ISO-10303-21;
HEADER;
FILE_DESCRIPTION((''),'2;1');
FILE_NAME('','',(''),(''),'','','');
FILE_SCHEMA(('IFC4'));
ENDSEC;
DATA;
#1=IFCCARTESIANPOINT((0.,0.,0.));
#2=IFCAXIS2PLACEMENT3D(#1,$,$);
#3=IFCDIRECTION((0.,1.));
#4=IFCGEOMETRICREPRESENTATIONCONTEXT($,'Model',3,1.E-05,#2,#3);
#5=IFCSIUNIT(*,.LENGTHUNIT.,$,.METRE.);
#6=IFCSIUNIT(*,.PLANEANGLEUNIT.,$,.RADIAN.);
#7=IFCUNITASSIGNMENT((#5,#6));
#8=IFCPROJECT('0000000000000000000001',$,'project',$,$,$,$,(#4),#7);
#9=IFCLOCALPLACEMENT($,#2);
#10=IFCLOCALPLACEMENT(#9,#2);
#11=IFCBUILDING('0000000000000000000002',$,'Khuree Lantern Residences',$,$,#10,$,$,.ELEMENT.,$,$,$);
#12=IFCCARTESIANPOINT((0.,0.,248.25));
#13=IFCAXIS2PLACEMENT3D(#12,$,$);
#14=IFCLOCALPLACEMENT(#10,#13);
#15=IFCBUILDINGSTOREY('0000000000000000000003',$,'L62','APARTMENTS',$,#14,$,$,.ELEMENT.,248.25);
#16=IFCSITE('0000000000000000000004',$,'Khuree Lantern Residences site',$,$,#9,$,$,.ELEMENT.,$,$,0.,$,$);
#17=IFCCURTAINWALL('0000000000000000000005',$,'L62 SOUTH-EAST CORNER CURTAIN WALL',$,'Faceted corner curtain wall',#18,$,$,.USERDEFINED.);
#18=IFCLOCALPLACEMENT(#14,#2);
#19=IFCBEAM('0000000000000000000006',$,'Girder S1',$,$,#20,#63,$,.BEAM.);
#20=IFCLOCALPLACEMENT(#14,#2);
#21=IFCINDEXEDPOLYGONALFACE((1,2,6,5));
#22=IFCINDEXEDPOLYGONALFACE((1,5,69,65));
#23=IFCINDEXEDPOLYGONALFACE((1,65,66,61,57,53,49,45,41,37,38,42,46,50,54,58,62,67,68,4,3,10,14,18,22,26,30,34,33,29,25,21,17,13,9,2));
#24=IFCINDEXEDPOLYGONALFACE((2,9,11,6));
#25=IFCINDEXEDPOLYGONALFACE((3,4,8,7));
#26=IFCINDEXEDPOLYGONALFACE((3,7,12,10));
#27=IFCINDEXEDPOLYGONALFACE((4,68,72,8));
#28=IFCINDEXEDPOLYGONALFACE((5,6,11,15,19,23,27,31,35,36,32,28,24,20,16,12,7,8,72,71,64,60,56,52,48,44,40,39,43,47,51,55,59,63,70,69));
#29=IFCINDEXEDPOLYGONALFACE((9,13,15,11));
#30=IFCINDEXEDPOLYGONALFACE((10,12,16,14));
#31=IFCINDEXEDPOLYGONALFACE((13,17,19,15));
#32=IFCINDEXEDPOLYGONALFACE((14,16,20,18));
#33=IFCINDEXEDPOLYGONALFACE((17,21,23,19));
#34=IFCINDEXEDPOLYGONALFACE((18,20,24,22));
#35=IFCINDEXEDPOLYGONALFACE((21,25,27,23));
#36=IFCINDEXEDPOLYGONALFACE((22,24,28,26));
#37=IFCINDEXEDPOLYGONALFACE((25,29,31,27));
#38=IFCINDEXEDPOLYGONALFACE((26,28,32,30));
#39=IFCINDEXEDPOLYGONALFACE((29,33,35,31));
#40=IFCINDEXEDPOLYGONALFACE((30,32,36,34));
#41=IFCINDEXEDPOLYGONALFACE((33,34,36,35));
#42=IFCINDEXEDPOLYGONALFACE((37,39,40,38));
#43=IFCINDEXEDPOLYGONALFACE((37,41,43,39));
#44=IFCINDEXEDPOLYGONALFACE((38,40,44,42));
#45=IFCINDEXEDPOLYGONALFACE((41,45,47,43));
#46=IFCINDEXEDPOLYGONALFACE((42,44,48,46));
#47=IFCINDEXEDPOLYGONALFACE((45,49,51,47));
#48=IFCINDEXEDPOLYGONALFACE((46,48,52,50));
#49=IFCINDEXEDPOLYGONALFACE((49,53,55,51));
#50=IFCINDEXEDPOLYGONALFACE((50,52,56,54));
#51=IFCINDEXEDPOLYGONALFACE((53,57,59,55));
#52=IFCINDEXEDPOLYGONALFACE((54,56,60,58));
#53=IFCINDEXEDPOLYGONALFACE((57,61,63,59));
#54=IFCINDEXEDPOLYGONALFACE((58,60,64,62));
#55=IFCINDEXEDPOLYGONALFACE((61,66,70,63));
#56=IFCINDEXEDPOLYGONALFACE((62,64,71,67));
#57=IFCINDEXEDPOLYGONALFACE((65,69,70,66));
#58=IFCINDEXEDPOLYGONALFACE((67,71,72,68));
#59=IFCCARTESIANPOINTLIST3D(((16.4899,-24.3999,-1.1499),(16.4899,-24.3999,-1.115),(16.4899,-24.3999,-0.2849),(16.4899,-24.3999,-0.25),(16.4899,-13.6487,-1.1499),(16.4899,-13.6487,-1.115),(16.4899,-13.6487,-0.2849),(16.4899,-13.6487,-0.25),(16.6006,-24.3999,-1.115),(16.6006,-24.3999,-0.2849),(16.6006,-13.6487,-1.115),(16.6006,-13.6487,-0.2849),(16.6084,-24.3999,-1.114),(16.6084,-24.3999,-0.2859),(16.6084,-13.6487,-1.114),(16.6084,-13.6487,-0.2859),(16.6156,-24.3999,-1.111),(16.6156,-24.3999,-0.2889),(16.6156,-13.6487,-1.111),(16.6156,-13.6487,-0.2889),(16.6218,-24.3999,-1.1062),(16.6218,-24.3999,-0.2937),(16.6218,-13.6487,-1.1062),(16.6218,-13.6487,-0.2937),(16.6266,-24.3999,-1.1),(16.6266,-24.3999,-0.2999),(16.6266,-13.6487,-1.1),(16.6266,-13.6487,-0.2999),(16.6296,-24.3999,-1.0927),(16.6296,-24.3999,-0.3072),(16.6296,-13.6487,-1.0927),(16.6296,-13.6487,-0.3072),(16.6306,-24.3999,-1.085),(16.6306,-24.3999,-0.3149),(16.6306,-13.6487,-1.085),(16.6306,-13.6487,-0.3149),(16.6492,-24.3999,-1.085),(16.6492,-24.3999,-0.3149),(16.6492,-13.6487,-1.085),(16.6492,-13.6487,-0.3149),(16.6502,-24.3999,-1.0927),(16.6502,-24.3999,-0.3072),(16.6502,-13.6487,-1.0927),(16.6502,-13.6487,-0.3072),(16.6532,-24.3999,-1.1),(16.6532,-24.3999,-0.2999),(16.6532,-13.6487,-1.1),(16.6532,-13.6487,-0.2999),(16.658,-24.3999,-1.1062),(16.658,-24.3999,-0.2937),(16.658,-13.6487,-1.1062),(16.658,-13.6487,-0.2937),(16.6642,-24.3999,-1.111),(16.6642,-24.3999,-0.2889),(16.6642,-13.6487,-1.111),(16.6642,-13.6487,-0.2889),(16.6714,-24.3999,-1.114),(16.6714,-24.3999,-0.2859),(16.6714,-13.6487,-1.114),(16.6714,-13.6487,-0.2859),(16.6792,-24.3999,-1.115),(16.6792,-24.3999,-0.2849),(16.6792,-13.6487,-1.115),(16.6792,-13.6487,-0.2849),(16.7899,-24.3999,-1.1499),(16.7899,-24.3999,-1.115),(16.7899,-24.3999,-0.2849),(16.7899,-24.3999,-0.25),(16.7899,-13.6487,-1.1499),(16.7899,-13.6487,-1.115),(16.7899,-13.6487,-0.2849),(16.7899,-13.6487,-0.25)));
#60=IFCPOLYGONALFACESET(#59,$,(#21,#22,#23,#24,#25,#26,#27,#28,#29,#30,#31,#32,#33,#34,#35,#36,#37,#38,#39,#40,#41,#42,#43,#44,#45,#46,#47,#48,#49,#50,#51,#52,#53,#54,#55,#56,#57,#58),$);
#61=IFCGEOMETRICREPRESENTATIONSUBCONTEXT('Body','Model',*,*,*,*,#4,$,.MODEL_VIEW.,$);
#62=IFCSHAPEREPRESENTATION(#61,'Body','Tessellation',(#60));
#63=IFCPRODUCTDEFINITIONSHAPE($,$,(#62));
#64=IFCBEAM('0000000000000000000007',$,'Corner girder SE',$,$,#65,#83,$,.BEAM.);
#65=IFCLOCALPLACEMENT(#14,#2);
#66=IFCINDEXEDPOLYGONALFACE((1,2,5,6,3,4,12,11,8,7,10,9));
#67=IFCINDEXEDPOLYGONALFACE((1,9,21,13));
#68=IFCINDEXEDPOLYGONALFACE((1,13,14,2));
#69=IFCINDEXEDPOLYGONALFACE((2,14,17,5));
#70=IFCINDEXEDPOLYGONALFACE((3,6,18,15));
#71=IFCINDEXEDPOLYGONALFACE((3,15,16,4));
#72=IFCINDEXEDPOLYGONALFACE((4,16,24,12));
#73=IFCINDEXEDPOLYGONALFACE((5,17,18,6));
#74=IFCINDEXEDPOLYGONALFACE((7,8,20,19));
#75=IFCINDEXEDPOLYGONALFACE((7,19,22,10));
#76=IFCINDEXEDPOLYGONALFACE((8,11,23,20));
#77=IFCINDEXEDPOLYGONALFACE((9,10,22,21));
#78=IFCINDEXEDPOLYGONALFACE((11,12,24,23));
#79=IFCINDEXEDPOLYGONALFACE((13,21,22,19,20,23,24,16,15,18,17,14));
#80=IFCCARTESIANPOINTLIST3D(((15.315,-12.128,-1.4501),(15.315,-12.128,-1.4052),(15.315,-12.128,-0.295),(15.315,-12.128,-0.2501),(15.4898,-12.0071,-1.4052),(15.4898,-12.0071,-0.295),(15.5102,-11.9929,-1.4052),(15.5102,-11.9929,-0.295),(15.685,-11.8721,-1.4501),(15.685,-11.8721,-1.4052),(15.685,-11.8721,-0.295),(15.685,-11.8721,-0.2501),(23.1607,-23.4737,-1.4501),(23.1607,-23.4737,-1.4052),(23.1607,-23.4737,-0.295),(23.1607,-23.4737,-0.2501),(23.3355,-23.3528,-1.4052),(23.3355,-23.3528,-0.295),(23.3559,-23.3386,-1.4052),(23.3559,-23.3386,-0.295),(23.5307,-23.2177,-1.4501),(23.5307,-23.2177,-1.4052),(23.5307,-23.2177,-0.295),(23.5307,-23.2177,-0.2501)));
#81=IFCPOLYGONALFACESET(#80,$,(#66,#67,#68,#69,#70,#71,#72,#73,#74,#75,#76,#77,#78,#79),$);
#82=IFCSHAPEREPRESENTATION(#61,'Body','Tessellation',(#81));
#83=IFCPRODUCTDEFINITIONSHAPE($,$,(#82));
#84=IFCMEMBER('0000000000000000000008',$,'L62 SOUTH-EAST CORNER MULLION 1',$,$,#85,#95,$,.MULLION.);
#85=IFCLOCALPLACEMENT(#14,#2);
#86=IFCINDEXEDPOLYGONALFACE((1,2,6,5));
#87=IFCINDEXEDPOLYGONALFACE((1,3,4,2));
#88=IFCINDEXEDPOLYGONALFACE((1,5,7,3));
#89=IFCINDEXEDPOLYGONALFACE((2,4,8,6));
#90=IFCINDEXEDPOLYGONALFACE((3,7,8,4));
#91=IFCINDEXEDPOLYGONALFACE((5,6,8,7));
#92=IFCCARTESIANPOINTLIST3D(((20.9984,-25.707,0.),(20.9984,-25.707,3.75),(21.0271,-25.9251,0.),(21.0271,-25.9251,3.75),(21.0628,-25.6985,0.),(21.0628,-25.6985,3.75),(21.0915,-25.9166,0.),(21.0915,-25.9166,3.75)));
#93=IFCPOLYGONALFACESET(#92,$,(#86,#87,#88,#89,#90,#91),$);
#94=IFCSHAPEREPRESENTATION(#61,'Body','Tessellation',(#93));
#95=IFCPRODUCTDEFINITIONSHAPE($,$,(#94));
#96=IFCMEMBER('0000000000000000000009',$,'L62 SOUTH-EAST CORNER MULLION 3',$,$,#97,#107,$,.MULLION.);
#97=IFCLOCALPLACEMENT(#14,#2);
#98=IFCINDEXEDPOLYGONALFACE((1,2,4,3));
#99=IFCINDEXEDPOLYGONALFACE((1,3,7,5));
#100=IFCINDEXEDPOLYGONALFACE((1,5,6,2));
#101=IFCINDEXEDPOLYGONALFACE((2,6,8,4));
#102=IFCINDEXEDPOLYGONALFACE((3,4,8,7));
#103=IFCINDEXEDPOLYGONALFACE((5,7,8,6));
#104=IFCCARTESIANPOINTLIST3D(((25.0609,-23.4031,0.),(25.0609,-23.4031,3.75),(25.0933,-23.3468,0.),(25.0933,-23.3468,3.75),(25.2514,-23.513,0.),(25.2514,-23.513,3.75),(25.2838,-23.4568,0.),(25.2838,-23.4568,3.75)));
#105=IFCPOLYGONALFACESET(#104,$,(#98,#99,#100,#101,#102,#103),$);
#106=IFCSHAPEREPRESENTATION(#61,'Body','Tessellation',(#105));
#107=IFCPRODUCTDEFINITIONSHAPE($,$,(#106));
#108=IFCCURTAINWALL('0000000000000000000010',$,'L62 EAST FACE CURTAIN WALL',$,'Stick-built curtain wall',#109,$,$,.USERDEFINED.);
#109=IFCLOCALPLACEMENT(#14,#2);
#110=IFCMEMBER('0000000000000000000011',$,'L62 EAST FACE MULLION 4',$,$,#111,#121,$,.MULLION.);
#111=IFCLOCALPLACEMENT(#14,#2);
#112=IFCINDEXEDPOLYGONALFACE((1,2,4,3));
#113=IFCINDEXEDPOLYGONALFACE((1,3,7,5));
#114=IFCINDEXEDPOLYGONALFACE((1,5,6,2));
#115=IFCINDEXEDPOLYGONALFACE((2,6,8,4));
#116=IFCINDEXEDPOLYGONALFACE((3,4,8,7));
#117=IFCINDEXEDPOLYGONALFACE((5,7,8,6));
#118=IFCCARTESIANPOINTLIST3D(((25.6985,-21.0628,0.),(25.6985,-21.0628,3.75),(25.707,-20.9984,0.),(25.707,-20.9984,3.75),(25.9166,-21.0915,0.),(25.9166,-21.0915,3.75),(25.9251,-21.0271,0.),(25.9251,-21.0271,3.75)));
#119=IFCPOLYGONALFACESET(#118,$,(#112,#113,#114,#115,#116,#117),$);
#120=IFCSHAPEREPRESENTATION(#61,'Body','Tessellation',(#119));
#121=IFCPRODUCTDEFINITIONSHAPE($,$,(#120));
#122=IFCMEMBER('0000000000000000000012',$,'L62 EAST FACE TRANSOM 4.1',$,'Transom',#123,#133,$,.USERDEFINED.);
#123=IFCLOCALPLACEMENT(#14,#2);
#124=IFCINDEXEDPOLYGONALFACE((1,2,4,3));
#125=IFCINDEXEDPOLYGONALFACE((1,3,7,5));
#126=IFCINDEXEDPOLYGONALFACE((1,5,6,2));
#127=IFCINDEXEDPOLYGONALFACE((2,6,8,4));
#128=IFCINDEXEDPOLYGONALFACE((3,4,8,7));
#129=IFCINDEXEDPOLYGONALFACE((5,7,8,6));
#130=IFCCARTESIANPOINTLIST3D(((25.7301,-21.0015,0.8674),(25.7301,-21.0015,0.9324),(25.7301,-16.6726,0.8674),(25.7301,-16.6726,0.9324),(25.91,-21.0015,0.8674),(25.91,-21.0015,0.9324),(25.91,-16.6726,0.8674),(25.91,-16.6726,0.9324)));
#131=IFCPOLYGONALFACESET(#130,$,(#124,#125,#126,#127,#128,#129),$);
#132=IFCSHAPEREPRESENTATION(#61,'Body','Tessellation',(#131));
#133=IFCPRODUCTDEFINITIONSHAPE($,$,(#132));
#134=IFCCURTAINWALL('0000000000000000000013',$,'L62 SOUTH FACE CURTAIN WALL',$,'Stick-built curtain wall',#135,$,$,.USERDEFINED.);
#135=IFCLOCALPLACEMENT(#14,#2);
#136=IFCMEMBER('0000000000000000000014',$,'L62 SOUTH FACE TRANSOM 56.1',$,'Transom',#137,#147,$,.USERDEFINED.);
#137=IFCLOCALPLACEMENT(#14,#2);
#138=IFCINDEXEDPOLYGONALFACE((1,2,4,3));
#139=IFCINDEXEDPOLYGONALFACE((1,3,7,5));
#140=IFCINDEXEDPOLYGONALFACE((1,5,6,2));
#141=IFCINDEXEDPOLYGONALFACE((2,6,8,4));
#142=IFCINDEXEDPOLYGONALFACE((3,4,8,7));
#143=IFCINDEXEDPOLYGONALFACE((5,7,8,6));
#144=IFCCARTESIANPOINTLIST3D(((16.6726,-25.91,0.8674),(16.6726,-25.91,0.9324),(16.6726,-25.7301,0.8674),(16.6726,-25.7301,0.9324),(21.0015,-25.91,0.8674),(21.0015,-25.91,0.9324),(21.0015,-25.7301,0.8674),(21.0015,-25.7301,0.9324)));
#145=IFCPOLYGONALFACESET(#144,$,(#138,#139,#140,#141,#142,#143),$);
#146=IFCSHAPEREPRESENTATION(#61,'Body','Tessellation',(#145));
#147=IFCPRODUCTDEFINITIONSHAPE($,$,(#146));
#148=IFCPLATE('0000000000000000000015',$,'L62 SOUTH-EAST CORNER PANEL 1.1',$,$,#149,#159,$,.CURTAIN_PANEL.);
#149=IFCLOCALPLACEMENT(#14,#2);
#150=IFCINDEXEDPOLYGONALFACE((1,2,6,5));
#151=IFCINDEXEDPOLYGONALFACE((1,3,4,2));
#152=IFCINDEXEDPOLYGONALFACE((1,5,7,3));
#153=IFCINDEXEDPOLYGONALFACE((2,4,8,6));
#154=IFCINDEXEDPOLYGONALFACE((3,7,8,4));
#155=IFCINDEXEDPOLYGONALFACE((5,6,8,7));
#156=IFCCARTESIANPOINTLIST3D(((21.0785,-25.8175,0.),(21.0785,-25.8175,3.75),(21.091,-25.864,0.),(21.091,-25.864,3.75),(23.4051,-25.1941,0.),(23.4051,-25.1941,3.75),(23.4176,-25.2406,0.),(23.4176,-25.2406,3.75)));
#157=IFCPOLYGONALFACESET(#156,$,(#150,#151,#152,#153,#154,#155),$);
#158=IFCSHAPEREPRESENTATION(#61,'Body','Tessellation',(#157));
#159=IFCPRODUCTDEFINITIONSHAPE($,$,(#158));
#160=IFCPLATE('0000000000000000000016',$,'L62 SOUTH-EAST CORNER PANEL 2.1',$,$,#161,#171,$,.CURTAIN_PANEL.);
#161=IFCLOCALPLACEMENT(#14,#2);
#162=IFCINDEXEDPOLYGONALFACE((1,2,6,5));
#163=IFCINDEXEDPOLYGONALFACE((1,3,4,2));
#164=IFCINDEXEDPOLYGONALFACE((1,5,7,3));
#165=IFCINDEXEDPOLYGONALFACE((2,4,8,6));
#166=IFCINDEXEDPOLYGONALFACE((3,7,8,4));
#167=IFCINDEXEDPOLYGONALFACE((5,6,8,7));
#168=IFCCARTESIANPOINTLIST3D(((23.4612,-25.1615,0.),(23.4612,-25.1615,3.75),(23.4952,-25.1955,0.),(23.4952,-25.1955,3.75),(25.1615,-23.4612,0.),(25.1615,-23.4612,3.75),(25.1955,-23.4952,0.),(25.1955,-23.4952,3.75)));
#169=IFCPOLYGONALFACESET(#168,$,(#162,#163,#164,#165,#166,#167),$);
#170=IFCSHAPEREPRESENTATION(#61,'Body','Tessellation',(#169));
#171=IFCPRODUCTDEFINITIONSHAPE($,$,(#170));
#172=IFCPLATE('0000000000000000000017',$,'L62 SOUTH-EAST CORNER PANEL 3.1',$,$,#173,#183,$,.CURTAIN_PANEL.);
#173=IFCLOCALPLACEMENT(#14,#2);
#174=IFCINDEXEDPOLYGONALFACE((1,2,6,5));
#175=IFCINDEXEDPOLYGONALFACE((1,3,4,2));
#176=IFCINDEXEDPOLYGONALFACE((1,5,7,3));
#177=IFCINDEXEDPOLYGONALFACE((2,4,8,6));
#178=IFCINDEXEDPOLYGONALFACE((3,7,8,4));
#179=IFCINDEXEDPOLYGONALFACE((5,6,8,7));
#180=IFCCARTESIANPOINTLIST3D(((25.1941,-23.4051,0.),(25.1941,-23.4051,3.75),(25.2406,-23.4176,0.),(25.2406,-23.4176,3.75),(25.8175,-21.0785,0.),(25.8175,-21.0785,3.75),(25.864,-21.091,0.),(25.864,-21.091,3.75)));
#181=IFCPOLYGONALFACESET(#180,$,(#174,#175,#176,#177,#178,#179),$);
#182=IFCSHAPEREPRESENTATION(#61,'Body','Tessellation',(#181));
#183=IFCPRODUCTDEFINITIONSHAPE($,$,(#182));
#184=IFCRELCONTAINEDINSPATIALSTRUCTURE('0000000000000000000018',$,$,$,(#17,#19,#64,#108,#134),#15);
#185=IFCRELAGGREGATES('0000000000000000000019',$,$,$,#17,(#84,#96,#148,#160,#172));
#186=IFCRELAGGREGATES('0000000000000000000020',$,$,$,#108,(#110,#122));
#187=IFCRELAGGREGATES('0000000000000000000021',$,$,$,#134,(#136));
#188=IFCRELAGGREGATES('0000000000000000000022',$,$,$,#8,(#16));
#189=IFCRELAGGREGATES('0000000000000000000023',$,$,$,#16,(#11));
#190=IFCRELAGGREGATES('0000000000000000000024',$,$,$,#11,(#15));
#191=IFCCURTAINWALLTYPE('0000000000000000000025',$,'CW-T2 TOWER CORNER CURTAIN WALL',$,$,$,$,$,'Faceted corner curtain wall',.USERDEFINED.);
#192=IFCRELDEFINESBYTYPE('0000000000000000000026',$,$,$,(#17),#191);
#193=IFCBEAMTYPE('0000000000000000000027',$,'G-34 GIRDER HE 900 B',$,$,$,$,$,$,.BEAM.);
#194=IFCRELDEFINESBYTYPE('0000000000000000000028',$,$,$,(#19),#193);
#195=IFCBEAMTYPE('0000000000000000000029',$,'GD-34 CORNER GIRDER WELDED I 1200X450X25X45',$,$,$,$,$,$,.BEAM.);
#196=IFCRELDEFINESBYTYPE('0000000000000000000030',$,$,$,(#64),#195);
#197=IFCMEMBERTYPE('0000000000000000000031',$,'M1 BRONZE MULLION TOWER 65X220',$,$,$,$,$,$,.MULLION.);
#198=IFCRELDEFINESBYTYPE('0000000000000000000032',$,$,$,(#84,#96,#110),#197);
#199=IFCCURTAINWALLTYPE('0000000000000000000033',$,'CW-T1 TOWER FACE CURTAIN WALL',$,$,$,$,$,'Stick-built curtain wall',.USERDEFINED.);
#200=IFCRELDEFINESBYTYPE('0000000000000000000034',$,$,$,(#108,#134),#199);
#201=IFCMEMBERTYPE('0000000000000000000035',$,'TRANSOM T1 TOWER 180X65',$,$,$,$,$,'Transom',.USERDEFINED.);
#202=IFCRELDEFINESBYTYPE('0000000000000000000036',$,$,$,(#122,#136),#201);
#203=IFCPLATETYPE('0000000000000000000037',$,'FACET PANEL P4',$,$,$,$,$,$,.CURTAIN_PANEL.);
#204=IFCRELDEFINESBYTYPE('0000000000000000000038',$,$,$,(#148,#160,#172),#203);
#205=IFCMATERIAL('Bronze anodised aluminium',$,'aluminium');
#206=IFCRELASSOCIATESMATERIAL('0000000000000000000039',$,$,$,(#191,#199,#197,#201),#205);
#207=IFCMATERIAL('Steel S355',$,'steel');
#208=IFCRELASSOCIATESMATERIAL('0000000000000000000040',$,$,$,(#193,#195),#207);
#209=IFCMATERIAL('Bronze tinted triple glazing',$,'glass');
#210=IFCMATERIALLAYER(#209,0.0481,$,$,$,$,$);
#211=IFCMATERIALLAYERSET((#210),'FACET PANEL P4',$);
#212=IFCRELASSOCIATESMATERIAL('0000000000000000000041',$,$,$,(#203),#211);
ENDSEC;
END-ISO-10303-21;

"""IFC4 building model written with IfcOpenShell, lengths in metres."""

from ifc_helpers import new_model, si_unit, direction, frame, origin, origin_2d, place, context, subcontext, project, spatial, rectangle, i_section, extrude, material, layer, layer_set, material_profile, profile_set, type_object, element, aggregate, save


model = new_model("IFC4")

# Units and contexts
model_context = context("Model", 3, precision=1e-05, world=origin(), true_north=direction((0.0, 1.0)))
body_context = subcontext(model_context, "Body", "Model", "MODEL_VIEW")
ifc_project = project(units=[si_unit("LENGTHUNIT", "METRE"), si_unit("PLANEANGLEUNIT", "RADIAN")], contexts=[model_context])

# Site, building, storey
site_placement = place(None, origin())
site = spatial("IfcSite", under=ifc_project, at=site_placement, Name="Khuree Lantern Residences site", CompositionType="ELEMENT", RefElevation=0.0)
building_placement = place(site_placement, origin())
building = spatial("IfcBuilding", under=site, at=building_placement, Name="Khuree Lantern Residences", CompositionType="ELEMENT")
storey_placement = place(building_placement, frame((0.0, 0.0, 248.25)))
storey = spatial("IfcBuildingStorey", under=building, at=storey_placement, Name="L62", Description="APARTMENTS", CompositionType="ELEMENT", Elevation=248.25)

# Shared definitions
ifc_material_1 = material(Name="Steel S355", Category="steel")

# Curtain wall
ifc_material_2 = material(Name="Bronze anodised aluminium", Category="aluminium")
curtain_wall_type_1 = type_object("IfcCurtainWallType", Name="CW-T2 TOWER CORNER CURTAIN WALL", ElementType="Faceted corner curtain wall", PredefinedType="USERDEFINED", material=ifc_material_2)
curtain_wall_1_placement = place(storey_placement, origin())
curtain_wall_1 = element("IfcCurtainWall", 1, at=curtain_wall_1_placement, inside=storey, type_object=curtain_wall_type_1, Name="L62 SOUTH-EAST CORNER CURTAIN WALL", ObjectType="Faceted corner curtain wall", PredefinedType="USERDEFINED")

# Beams
ifc_material_profile_1 = material_profile(ifc_material_1, i_section(OverallWidth=0.3, OverallDepth=0.8999, WebThickness=0.0186, FlangeThickness=0.0349, FilletRadius=0.03, at=origin_2d()), Name="HE 900 B")
ifc_profile_set_1 = profile_set([ifc_material_profile_1], Name="Steel S355")
beam_type_1 = type_object("IfcBeamType", Name="G-34 GIRDER HE 900 B", PredefinedType="BEAM", material=ifc_profile_set_1)
beam_1_placement = place(storey_placement, frame((16.6399, -24.3999, -0.7), z_axis=(0.0, 1.0, 0.0), x_axis=(-1.0, 0.0, 0.0)))
element("IfcBeam", 2, at=beam_1_placement, inside=storey, type_object=beam_type_1, Name="Girder S1", PredefinedType="BEAM", context=body_context, shape_type="SweptSolid", body=[
    extrude(i_section(OverallWidth=0.3, OverallDepth=0.8999, WebThickness=0.0186, FlangeThickness=0.0349, FilletRadius=0.03, at=origin_2d()), origin(), (0.0, 0.0, 1.0), 10.7512),
])
ifc_material_profile_2 = material_profile(ifc_material_1, i_section(OverallWidth=0.45, OverallDepth=1.2, WebThickness=0.0249, FlangeThickness=0.0449, at=origin_2d()), Name="WELDED I 1200X450X25X45")
ifc_profile_set_2 = profile_set([ifc_material_profile_2], Name="Steel S355")
beam_type_2 = type_object("IfcBeamType", Name="GD-34 CORNER GIRDER WELDED I 1200X450X25X45", PredefinedType="BEAM", material=ifc_profile_set_2)
beam_2_placement = place(storey_placement, frame((23.3457, -23.3457, -0.8501), z_axis=(-0.568768, 0.822498, 0.0), x_axis=(-0.822498, -0.568768, 0.0)))
element("IfcBeam", 3, at=beam_2_placement, inside=storey, type_object=beam_type_2, Name="Corner girder SE", PredefinedType="BEAM", context=body_context, shape_type="SweptSolid", body=[
    extrude(i_section(OverallWidth=0.45, OverallDepth=1.2, WebThickness=0.0249, FlangeThickness=0.0449, at=origin_2d()), origin(), (0.0, 0.0, 1.0), 13.7942),
])

# Members
ifc_material_profile_3 = material_profile(ifc_material_2, rectangle(XDim=0.0649, YDim=0.22, at=origin_2d()), Name="M1 65X220")
ifc_profile_set_3 = profile_set([ifc_material_profile_3], Name="Bronze anodised aluminium")
member_type_1 = type_object("IfcMemberType", Name="M1 BRONZE MULLION TOWER 65X220", PredefinedType="MULLION", material=ifc_profile_set_3)
member_1_placement = place(storey_placement, frame((21.0449, -25.8118, 0.0), z_axis=(0.0, 0.0, 1.0), x_axis=(0.991445, 0.130526, 0.0)))
member_1 = element("IfcMember", 4, at=member_1_placement, type_object=member_type_1, Name="L62 SOUTH-EAST CORNER MULLION 1", PredefinedType="MULLION", context=body_context, shape_type="SweptSolid", body=[
    extrude(rectangle(XDim=0.0649, YDim=0.22, at=origin_2d()), origin(), (0.0, 0.0, 1.0), 3.75),
])
member_2_placement = place(storey_placement, frame((25.1724, -23.4299, 0.0), z_axis=(0.0, 0.0, 1.0), x_axis=(0.5, 0.866025, 0.0)))
member_2 = element("IfcMember", 5, at=member_2_placement, type_object=member_type_1, Name="L62 SOUTH-EAST CORNER MULLION 3", PredefinedType="MULLION", context=body_context, shape_type="SweptSolid", body=[
    extrude(rectangle(XDim=0.0649, YDim=0.22, at=origin_2d()), origin(), (0.0, 0.0, 1.0), 3.75),
])

# Curtain wall, members
curtain_wall_type_2 = type_object("IfcCurtainWallType", Name="CW-T1 TOWER FACE CURTAIN WALL", ElementType="Stick-built curtain wall", PredefinedType="USERDEFINED", material=ifc_material_2)
curtain_wall_2_placement = place(storey_placement, origin())
curtain_wall_2 = element("IfcCurtainWall", 6, at=curtain_wall_2_placement, inside=storey, type_object=curtain_wall_type_2, Name="L62 EAST FACE CURTAIN WALL", ObjectType="Stick-built curtain wall", PredefinedType="USERDEFINED")
member_3_placement = place(storey_placement, frame((25.8118, -21.0449, 0.0), z_axis=(0.0, 0.0, 1.0), x_axis=(0.130526, 0.991445, 0.0)))
member_3 = element("IfcMember", 7, at=member_3_placement, type_object=member_type_1, Name="L62 EAST FACE MULLION 4", PredefinedType="MULLION", context=body_context, shape_type="SweptSolid", body=[
    extrude(rectangle(XDim=0.0649, YDim=0.22, at=origin_2d()), origin(), (0.0, 0.0, 1.0), 3.75),
])
ifc_material_profile_4 = material_profile(ifc_material_2, rectangle(XDim=0.1799, YDim=0.0649, at=origin_2d()), Name="T1 180X65")
ifc_profile_set_4 = profile_set([ifc_material_profile_4], Name="Bronze anodised aluminium")
member_type_2 = type_object("IfcMemberType", Name="TRANSOM T1 TOWER 180X65", ElementType="Transom", PredefinedType="USERDEFINED", material=ifc_profile_set_4)
member_4_placement = place(storey_placement, frame((25.8201, -21.0015, 0.8999), z_axis=(0.0, 1.0, 0.0), x_axis=(-1.0, 0.0, 0.0)))
member_4 = element("IfcMember", 8, at=member_4_placement, type_object=member_type_2, Name="L62 EAST FACE TRANSOM 4.1", ObjectType="Transom", PredefinedType="USERDEFINED", context=body_context, shape_type="SweptSolid", body=[
    extrude(rectangle(XDim=0.1799, YDim=0.0649, at=origin_2d()), origin(), (0.0, 0.0, 1.0), 4.3289),
])

# Curtain wall, member
curtain_wall_3_placement = place(storey_placement, origin())
curtain_wall_3 = element("IfcCurtainWall", 9, at=curtain_wall_3_placement, inside=storey, type_object=curtain_wall_type_2, Name="L62 SOUTH FACE CURTAIN WALL", ObjectType="Stick-built curtain wall", PredefinedType="USERDEFINED")
member_5_placement = place(storey_placement, frame((16.6726, -25.8201, 0.8999), z_axis=(1.0, 0.0, 0.0), x_axis=(0.0, 1.0, 0.0)))
member_5 = element("IfcMember", 10, at=member_5_placement, type_object=member_type_2, Name="L62 SOUTH FACE TRANSOM 56.1", ObjectType="Transom", PredefinedType="USERDEFINED", context=body_context, shape_type="SweptSolid", body=[
    extrude(rectangle(XDim=0.1799, YDim=0.0649, at=origin_2d()), origin(), (0.0, 0.0, 1.0), 4.3289),
])

# Plates
ifc_material_3 = material(Name="Bronze tinted triple glazing", Category="glass")
ifc_layer_1 = layer(ifc_material_3, 0.0481)
ifc_layer_set_1 = layer_set([ifc_layer_1], Name="FACET PANEL P4")
plate_type_1 = type_object("IfcPlateType", Name="FACET PANEL P4", PredefinedType="CURTAIN_PANEL", material=ifc_layer_set_1)
plate_1_placement = place(storey_placement, frame((22.248, -25.5291, 0.0), z_axis=(0.0, 0.0, 1.0), x_axis=(0.965926, 0.258819, 0.0)))
plate_1 = element("IfcPlate", 11, at=plate_1_placement, type_object=plate_type_1, Name="L62 SOUTH-EAST CORNER PANEL 1.1", PredefinedType="CURTAIN_PANEL", context=body_context, shape_type="SweptSolid", body=[
    extrude(rectangle(XDim=2.4087, YDim=0.0481, at=origin_2d()), origin(), (0.0, 0.0, 1.0), 3.75),
])
plate_2_placement = place(storey_placement, frame((24.3284, -24.3284, 0.0), z_axis=(0.0, 0.0, 1.0), x_axis=(0.707107, 0.707107, 0.0)))
plate_2 = element("IfcPlate", 12, at=plate_2_placement, type_object=plate_type_1, Name="L62 SOUTH-EAST CORNER PANEL 2.1", PredefinedType="CURTAIN_PANEL", context=body_context, shape_type="SweptSolid", body=[
    extrude(rectangle(XDim=2.4045, YDim=0.0481, at=origin_2d()), origin(), (0.0, 0.0, 1.0), 3.75),
])
plate_3_placement = place(storey_placement, frame((25.5291, -22.248, 0.0), z_axis=(0.0, 0.0, 1.0), x_axis=(0.258819, 0.965926, 0.0)))
plate_3 = element("IfcPlate", 13, at=plate_3_placement, type_object=plate_type_1, Name="L62 SOUTH-EAST CORNER PANEL 3.1", PredefinedType="CURTAIN_PANEL", context=body_context, shape_type="SweptSolid", body=[
    extrude(rectangle(XDim=2.4087, YDim=0.0481, at=origin_2d()), origin(), (0.0, 0.0, 1.0), 3.75),
])
aggregate(curtain_wall_1, [member_1, member_2, plate_1, plate_2, plate_3])
aggregate(curtain_wall_2, [member_3, member_4])
aggregate(curtain_wall_3, [member_5])

save(model, "model.ifc")
